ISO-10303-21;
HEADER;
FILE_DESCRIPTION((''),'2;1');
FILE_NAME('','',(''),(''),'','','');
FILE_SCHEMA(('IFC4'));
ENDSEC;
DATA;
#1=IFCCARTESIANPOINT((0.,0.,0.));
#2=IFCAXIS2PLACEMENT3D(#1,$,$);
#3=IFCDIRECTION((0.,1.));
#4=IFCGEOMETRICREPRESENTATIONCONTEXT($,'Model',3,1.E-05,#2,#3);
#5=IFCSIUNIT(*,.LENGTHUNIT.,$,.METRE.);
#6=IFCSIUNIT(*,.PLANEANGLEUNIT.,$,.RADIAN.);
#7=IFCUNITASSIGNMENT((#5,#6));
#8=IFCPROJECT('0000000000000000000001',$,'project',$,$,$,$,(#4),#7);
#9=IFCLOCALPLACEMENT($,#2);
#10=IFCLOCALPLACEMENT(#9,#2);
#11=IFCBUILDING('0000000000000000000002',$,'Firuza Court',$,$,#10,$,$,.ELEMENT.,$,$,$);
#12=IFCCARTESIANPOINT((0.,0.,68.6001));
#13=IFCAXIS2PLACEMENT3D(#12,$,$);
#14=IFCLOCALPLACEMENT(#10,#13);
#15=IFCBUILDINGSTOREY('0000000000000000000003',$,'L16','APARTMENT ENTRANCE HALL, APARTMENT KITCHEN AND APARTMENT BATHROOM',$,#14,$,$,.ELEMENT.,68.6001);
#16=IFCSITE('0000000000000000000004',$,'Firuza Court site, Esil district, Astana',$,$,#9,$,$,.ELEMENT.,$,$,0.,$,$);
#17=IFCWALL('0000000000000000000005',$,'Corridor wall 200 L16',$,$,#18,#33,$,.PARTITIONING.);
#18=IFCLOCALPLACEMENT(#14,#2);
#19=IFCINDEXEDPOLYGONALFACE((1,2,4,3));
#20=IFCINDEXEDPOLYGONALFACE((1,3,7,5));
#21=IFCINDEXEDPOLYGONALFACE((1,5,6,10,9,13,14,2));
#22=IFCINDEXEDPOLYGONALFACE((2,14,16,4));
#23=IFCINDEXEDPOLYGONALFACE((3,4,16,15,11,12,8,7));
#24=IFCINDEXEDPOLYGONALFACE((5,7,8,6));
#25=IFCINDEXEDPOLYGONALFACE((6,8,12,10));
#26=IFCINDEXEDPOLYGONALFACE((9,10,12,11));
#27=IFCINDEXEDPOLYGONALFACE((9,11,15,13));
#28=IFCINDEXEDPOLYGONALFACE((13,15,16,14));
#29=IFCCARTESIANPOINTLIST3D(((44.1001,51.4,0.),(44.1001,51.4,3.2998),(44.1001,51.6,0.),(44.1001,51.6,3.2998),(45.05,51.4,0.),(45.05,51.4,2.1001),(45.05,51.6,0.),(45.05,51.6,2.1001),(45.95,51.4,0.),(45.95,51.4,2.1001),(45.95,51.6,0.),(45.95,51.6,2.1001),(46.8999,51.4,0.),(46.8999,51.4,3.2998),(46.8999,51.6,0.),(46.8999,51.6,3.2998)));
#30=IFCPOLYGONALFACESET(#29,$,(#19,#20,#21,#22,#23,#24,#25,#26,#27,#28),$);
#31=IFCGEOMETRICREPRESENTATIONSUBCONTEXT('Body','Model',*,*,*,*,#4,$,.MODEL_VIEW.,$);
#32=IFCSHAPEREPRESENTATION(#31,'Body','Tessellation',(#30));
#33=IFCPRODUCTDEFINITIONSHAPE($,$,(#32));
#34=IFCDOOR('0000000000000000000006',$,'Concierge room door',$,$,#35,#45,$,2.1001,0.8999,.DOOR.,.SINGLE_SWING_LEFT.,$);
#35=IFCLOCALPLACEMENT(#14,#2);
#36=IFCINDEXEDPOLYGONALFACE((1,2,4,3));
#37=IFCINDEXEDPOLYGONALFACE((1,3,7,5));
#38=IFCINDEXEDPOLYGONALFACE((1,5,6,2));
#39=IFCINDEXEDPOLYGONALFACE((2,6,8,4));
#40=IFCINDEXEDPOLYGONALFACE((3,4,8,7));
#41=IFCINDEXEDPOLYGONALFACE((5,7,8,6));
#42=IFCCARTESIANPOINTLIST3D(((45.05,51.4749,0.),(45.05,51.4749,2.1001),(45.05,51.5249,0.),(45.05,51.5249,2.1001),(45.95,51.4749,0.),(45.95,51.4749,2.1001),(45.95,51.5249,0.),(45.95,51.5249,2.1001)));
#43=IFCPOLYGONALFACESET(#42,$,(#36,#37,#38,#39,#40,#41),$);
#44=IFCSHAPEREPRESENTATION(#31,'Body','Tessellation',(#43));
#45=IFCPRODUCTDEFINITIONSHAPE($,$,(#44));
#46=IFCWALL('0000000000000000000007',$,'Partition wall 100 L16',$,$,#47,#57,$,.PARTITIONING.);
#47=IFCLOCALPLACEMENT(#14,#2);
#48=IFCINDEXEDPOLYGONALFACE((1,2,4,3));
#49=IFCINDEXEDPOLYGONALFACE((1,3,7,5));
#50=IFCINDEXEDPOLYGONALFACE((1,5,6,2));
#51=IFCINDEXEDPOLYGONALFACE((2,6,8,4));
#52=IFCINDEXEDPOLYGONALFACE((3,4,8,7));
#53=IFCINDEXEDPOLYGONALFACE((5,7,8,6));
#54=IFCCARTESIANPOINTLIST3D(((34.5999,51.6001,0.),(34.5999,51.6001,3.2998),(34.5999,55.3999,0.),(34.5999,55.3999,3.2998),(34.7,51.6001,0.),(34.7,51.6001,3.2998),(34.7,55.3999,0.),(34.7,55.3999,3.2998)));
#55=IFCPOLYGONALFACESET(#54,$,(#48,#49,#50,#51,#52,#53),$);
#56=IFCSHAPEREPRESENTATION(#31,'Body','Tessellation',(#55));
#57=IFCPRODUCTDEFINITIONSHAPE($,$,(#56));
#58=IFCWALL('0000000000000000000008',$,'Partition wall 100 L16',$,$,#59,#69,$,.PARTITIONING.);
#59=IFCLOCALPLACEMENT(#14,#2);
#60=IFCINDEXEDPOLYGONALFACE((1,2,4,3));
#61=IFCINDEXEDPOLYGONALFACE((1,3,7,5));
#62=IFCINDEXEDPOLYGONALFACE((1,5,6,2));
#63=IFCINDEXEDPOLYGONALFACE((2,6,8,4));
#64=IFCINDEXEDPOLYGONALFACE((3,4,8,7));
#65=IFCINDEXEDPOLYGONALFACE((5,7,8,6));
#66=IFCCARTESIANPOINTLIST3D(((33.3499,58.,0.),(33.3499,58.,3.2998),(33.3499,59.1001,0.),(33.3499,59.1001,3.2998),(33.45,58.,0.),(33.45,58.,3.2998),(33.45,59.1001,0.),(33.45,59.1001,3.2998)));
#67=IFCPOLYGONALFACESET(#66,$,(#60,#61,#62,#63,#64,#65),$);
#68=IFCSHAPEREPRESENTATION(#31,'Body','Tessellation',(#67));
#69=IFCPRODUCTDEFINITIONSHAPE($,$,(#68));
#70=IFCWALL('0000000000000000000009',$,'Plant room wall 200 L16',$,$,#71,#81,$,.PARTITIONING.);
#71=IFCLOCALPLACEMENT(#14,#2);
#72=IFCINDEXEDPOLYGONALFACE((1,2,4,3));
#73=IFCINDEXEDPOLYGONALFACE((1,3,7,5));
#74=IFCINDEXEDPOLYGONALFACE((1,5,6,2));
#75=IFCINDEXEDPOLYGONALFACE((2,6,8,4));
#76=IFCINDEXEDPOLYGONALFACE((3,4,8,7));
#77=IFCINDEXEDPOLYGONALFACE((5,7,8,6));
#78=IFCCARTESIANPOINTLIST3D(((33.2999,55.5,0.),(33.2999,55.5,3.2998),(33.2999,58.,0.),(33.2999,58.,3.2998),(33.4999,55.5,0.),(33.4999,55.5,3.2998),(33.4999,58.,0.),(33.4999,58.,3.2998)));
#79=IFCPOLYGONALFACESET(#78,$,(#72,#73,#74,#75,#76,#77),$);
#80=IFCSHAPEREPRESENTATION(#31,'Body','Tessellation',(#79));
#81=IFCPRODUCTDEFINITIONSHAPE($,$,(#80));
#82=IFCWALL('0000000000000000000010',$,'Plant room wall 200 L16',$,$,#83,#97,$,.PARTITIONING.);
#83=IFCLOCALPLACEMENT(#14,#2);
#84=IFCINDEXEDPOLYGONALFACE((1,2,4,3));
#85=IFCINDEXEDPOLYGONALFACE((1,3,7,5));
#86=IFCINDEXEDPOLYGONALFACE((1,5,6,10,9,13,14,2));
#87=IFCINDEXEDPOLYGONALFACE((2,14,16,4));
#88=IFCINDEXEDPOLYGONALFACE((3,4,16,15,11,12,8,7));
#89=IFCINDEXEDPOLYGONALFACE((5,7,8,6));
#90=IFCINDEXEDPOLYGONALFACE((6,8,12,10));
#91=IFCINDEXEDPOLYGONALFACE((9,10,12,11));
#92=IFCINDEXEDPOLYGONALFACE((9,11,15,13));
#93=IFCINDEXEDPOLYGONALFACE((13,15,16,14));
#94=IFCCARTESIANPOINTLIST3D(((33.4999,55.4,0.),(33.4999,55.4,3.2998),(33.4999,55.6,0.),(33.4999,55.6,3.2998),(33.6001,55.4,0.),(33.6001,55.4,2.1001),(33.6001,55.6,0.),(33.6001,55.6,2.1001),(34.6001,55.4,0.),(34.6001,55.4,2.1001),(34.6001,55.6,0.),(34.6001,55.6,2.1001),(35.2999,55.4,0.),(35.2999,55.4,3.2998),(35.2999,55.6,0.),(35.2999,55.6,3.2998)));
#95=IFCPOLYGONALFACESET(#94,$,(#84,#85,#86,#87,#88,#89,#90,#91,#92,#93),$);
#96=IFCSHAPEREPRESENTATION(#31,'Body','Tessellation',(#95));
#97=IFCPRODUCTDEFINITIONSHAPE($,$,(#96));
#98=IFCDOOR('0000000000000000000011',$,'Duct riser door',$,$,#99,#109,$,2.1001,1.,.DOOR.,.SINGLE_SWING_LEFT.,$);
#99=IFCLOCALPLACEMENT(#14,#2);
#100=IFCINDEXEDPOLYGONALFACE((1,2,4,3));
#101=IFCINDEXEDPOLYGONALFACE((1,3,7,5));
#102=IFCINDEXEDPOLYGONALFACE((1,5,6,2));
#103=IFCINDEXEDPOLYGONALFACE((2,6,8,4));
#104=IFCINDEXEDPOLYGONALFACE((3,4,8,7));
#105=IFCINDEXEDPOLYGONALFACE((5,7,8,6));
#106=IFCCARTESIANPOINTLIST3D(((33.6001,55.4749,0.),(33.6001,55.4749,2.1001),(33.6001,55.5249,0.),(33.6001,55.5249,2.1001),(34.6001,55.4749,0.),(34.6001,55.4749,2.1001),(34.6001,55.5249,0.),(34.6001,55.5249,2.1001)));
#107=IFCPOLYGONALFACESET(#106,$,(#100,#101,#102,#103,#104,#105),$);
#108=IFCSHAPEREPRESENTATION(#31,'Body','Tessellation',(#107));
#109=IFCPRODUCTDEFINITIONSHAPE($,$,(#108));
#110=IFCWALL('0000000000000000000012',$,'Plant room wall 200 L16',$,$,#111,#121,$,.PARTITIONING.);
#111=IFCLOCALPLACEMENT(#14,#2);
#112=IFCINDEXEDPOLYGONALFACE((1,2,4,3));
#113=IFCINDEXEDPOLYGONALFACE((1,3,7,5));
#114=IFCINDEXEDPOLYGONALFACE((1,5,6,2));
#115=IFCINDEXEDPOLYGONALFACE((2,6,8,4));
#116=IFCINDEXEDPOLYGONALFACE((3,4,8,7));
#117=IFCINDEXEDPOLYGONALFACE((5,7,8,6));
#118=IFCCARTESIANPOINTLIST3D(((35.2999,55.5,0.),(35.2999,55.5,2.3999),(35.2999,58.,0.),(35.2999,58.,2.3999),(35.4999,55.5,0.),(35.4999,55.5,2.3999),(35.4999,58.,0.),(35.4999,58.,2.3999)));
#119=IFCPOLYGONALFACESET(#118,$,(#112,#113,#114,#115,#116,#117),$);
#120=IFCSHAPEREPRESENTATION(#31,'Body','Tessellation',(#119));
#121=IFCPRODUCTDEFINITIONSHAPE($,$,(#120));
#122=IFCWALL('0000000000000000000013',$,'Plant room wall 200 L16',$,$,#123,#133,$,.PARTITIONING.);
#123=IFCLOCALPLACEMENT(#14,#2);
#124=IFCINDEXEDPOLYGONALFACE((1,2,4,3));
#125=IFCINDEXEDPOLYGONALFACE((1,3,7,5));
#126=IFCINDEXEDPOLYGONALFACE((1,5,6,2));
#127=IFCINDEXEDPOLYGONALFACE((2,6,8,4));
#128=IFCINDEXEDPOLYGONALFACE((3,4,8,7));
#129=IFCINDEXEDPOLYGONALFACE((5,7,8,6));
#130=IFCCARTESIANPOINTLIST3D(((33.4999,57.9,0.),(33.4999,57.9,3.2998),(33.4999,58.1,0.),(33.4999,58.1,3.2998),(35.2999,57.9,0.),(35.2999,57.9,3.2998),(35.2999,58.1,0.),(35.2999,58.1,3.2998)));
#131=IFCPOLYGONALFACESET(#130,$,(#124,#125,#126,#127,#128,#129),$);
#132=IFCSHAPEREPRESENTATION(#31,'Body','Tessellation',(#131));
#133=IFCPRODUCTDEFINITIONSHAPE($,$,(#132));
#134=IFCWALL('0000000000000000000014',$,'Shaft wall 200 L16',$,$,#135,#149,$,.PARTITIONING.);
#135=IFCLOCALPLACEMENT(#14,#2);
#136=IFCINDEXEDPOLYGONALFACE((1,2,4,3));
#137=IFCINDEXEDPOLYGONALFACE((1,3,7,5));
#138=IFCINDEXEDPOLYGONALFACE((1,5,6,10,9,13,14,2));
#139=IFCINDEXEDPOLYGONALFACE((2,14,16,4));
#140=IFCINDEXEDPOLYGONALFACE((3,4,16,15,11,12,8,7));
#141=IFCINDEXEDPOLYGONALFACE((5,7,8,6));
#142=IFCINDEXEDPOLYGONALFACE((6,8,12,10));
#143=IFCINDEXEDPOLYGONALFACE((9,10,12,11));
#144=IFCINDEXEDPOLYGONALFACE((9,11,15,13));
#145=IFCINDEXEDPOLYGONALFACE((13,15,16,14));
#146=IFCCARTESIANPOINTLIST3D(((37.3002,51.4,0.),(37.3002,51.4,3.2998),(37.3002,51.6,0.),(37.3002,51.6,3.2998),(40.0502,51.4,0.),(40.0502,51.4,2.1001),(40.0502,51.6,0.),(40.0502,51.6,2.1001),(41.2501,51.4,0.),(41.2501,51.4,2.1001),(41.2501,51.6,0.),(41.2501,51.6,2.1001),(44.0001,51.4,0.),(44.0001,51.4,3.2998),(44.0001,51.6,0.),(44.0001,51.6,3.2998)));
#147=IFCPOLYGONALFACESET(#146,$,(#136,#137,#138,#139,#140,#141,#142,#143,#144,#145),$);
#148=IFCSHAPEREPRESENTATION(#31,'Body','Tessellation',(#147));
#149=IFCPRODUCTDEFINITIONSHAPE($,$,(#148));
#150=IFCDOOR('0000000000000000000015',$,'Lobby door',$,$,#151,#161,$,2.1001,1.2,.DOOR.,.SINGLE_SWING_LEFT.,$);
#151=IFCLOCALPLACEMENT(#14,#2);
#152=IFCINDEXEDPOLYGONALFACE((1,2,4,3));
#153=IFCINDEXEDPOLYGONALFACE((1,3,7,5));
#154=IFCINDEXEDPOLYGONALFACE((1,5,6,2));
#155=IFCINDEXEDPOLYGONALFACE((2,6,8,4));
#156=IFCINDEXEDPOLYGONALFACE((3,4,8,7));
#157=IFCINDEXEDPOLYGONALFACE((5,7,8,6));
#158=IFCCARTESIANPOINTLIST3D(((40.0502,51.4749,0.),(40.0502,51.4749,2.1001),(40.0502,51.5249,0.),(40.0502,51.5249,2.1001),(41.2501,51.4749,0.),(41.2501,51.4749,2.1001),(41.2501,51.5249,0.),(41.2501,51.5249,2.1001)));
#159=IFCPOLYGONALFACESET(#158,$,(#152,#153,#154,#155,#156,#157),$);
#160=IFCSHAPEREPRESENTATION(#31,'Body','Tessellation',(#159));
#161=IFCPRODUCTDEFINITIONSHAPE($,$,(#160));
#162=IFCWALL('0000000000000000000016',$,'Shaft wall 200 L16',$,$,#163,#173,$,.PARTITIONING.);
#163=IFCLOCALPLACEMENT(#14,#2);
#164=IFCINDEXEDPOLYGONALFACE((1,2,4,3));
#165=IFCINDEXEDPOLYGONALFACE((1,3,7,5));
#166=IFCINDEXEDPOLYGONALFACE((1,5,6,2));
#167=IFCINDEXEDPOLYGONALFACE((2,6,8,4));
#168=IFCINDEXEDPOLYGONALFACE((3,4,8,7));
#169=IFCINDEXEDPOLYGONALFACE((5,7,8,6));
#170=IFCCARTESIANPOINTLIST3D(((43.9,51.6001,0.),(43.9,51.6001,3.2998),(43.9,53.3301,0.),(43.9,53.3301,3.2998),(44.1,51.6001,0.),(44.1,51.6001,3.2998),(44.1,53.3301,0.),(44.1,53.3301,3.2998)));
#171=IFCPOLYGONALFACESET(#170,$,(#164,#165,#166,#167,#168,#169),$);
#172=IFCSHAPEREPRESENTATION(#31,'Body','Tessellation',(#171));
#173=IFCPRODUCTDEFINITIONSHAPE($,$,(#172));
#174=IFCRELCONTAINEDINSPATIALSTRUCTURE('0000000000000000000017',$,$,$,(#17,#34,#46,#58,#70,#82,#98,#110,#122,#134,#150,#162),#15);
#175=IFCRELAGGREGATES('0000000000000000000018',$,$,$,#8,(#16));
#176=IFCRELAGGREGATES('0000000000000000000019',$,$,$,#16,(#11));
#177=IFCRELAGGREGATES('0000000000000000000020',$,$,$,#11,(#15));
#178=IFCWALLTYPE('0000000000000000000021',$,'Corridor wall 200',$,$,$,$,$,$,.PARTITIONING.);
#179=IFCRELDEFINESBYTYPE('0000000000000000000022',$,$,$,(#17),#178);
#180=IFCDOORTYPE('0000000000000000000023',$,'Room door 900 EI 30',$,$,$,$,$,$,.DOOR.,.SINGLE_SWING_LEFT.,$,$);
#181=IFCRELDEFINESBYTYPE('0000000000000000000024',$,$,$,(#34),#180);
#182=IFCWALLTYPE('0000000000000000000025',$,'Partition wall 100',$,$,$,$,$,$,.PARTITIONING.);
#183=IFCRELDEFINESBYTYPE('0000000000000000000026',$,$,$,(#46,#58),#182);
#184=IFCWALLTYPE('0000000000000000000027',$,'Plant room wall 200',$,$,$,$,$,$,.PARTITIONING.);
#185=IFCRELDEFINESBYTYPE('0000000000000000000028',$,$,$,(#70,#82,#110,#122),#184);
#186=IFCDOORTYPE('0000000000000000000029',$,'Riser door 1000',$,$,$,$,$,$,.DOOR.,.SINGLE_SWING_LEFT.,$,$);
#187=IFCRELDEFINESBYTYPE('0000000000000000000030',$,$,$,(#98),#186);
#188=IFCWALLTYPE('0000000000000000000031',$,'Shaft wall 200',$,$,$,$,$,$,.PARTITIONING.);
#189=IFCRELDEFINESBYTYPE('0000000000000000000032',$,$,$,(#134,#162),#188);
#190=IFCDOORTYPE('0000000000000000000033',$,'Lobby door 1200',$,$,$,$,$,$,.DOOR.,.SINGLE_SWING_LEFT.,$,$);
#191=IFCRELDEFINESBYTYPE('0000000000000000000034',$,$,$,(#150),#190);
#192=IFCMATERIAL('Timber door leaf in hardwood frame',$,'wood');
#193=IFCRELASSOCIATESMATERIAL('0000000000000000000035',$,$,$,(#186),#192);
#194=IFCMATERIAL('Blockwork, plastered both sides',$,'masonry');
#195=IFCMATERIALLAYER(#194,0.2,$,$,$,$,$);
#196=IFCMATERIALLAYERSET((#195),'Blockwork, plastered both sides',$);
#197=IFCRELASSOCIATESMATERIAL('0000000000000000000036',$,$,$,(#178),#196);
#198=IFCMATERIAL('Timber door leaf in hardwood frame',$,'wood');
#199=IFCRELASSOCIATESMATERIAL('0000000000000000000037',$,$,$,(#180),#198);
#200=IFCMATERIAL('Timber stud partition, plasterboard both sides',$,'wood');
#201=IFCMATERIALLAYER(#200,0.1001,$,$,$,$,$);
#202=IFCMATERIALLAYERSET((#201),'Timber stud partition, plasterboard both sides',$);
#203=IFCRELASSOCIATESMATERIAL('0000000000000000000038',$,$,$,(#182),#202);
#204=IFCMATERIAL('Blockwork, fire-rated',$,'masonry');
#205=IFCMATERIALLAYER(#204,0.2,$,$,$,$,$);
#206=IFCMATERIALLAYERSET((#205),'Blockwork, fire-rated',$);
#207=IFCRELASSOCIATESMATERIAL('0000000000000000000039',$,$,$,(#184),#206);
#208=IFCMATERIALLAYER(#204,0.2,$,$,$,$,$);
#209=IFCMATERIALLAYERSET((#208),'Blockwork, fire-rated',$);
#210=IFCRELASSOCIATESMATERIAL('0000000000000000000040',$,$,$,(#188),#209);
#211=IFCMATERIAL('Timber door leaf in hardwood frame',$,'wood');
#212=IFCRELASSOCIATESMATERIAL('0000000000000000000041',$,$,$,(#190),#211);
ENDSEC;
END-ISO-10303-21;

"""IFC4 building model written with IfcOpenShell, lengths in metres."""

from ifc_helpers import new_model, si_unit, direction, frame, frame_2d, origin, place, context, subcontext, project, spatial, rectangle, extrude, material, layer, layer_set, type_object, element, fill, save


model = new_model("IFC4")

# Units and contexts
model_context = context("Model", 3, precision=1e-05, world=origin(), true_north=direction((0.0, 1.0)))
body_context = subcontext(model_context, "Body", "Model", "MODEL_VIEW")
ifc_project = project(units=[si_unit("LENGTHUNIT", "METRE"), si_unit("PLANEANGLEUNIT", "RADIAN")], contexts=[model_context])

# Site, building, storey
site_placement = place(None, origin())
site = spatial("IfcSite", under=ifc_project, at=site_placement, Name="Firuza Court site, Esil district, Astana", CompositionType="ELEMENT", RefElevation=0.0)
building_placement = place(site_placement, origin())
building = spatial("IfcBuilding", under=site, at=building_placement, Name="Firuza Court", CompositionType="ELEMENT")
storey_placement = place(building_placement, frame((0.0, 0.0, 68.6001)))
storey = spatial("IfcBuildingStorey", under=building, at=storey_placement, Name="L16", Description="APARTMENT ENTRANCE HALL, APARTMENT KITCHEN AND APARTMENT BATHROOM", CompositionType="ELEMENT", Elevation=68.6001)

# Shared definitions
ifc_material_1 = material(Name="Timber door leaf in hardwood frame", Category="wood")
door_type_1 = type_object("IfcDoorType", Name="Riser door 1000", OperationType="SINGLE_SWING_LEFT", PredefinedType="DOOR", material=ifc_material_1)

# Wall, opening, door
ifc_material_2 = material(Name="Blockwork, plastered both sides", Category="masonry")
ifc_layer_1 = layer(ifc_material_2, 0.2)
ifc_layer_set_1 = layer_set([ifc_layer_1], Name="Blockwork, plastered both sides")
wall_type_1 = type_object("IfcWallType", Name="Corridor wall 200", PredefinedType="PARTITIONING", material=ifc_layer_set_1)
wall_1_placement = place(storey_placement, frame((44.1001, 51.5, 0.0), z_axis=(0.0, 0.0, 1.0), x_axis=(1.0, 0.0, 0.0)))
wall_1 = element("IfcWall", 1, at=wall_1_placement, inside=storey, type_object=wall_type_1, Name="Corridor wall 200 L16", PredefinedType="PARTITIONING", context=body_context, shape_type="SweptSolid", body=[
    extrude(rectangle(XDim=2.7998, YDim=0.2, at=frame_2d((1.3999, 0.0))), origin(), (0.0, 0.0, 1.0), 3.2998),
])
opening_1_placement = place(wall_1_placement, frame((0.95, 0.0, 0.0)))
opening_1 = element("IfcOpeningElement", 2, at=opening_1_placement, cuts=wall_1, PredefinedType="OPENING", context=body_context, shape_type="SweptSolid", body=[
    extrude(rectangle(XDim=0.8999, YDim=2.1001, at=frame_2d((0.45, 1.05))), frame((0.0, 0.1118, 0.0), z_axis=(0.0, -1.0, 0.0), x_axis=(1.0, 0.0, 0.0)), (0.0, 0.0, 1.0), 0.2239),
])
ifc_material_3 = material(Name="Timber door leaf in hardwood frame", Category="wood")
door_type_2 = type_object("IfcDoorType", Name="Room door 900 EI 30", OperationType="SINGLE_SWING_LEFT", PredefinedType="DOOR", material=ifc_material_3)
door_1_placement = place(opening_1_placement, origin())
door_1 = element("IfcDoor", 3, at=door_1_placement, inside=storey, type_object=door_type_2, Name="Concierge room door", OperationType="SINGLE_SWING_LEFT", OverallHeight=2.1001, OverallWidth=0.8999, PredefinedType="DOOR", context=body_context, shape_type="SweptSolid", body=[
    extrude(rectangle(XDim=0.8999, YDim=2.1001, at=frame_2d((0.45, 1.05))), frame((0.0, 0.0249, 0.0), z_axis=(0.0, -1.0, 0.0), x_axis=(1.0, 0.0, 0.0)), (0.0, 0.0, 1.0), 0.05),
])
fill(opening_1, door_1)

# Walls
ifc_material_4 = material(Name="Timber stud partition, plasterboard both sides", Category="wood")
ifc_layer_2 = layer(ifc_material_4, 0.1001)
ifc_layer_set_2 = layer_set([ifc_layer_2], Name="Timber stud partition, plasterboard both sides")
wall_type_2 = type_object("IfcWallType", Name="Partition wall 100", PredefinedType="PARTITIONING", material=ifc_layer_set_2)
wall_2_placement = place(storey_placement, frame((34.6499, 51.6001, 0.0), z_axis=(0.0, 0.0, 1.0), x_axis=(0.0, 1.0, 0.0)))
element("IfcWall", 4, at=wall_2_placement, inside=storey, type_object=wall_type_2, Name="Partition wall 100 L16", PredefinedType="PARTITIONING", context=body_context, shape_type="SweptSolid", body=[
    extrude(rectangle(XDim=3.7998, YDim=0.1001, at=frame_2d((1.8999, 0.0))), origin(), (0.0, 0.0, 1.0), 3.2998),
])
wall_3_placement = place(storey_placement, frame((33.3999, 58.0, 0.0), z_axis=(0.0, 0.0, 1.0), x_axis=(0.0, 1.0, 0.0)))
element("IfcWall", 5, at=wall_3_placement, inside=storey, type_object=wall_type_2, Name="Partition wall 100 L16", PredefinedType="PARTITIONING", context=body_context, shape_type="SweptSolid", body=[
    extrude(rectangle(XDim=1.1001, YDim=0.1001, at=frame_2d((0.55, 0.0))), origin(), (0.0, 0.0, 1.0), 3.2998),
])
ifc_material_5 = material(Name="Blockwork, fire-rated", Category="masonry")
ifc_layer_3 = layer(ifc_material_5, 0.2)
ifc_layer_set_3 = layer_set([ifc_layer_3], Name="Blockwork, fire-rated")
wall_type_3 = type_object("IfcWallType", Name="Plant room wall 200", PredefinedType="PARTITIONING", material=ifc_layer_set_3)
wall_4_placement = place(storey_placement, frame((33.3999, 55.5, 0.0), z_axis=(0.0, 0.0, 1.0), x_axis=(0.0, 1.0, 0.0)))
element("IfcWall", 6, at=wall_4_placement, inside=storey, type_object=wall_type_3, Name="Plant room wall 200 L16", PredefinedType="PARTITIONING", context=body_context, shape_type="SweptSolid", body=[
    extrude(rectangle(XDim=2.5, YDim=0.2, at=frame_2d((1.25, 0.0))), origin(), (0.0, 0.0, 1.0), 3.2998),
])

# Wall, opening, door
wall_5_placement = place(storey_placement, frame((33.5, 55.5, 0.0), z_axis=(0.0, 0.0, 1.0), x_axis=(1.0, 0.0, 0.0)))
wall_5 = element("IfcWall", 7, at=wall_5_placement, inside=storey, type_object=wall_type_3, Name="Plant room wall 200 L16", PredefinedType="PARTITIONING", context=body_context, shape_type="SweptSolid", body=[
    extrude(rectangle(XDim=1.8, YDim=0.2, at=frame_2d((0.8999, 0.0))), origin(), (0.0, 0.0, 1.0), 3.2998),
])
opening_2_placement = place(wall_5_placement, frame((0.1001, 0.0, 0.0)))
opening_2 = element("IfcOpeningElement", 8, at=opening_2_placement, cuts=wall_5, PredefinedType="OPENING", context=body_context, shape_type="SweptSolid", body=[
    extrude(rectangle(XDim=1.0, YDim=2.1001, at=frame_2d((0.5, 1.05))), frame((0.0, 0.1118, 0.0), z_axis=(0.0, -1.0, 0.0), x_axis=(1.0, 0.0, 0.0)), (0.0, 0.0, 1.0), 0.2239),
])
door_2_placement = place(opening_2_placement, origin())
door_2 = element("IfcDoor", 9, at=door_2_placement, inside=storey, type_object=door_type_1, Name="Duct riser door", OperationType="SINGLE_SWING_LEFT", OverallHeight=2.1001, OverallWidth=1.0, PredefinedType="DOOR", context=body_context, shape_type="SweptSolid", body=[
    extrude(rectangle(XDim=1.0, YDim=2.1001, at=frame_2d((0.5, 1.05))), frame((0.0, 0.0249, 0.0), z_axis=(0.0, -1.0, 0.0), x_axis=(1.0, 0.0, 0.0)), (0.0, 0.0, 1.0), 0.05),
])
fill(opening_2, door_2)

# Walls
wall_6_placement = place(storey_placement, frame((35.3999, 55.5, 0.0), z_axis=(0.0, 0.0, 1.0), x_axis=(0.0, 1.0, 0.0)))
element("IfcWall", 10, at=wall_6_placement, inside=storey, type_object=wall_type_3, Name="Plant room wall 200 L16", PredefinedType="PARTITIONING", context=body_context, shape_type="SweptSolid", body=[
    extrude(rectangle(XDim=2.5, YDim=0.2, at=frame_2d((1.25, 0.0))), origin(), (0.0, 0.0, 1.0), 2.3999),
])
wall_7_placement = place(storey_placement, frame((33.5, 58.0, 0.0), z_axis=(0.0, 0.0, 1.0), x_axis=(1.0, 0.0, 0.0)))
element("IfcWall", 11, at=wall_7_placement, inside=storey, type_object=wall_type_3, Name="Plant room wall 200 L16", PredefinedType="PARTITIONING", context=body_context, shape_type="SweptSolid", body=[
    extrude(rectangle(XDim=1.8, YDim=0.2, at=frame_2d((0.8999, 0.0))), origin(), (0.0, 0.0, 1.0), 3.2998),
])

# Wall, opening, door
ifc_layer_4 = layer(ifc_material_5, 0.2)
ifc_layer_set_4 = layer_set([ifc_layer_4], Name="Blockwork, fire-rated")
wall_type_4 = type_object("IfcWallType", Name="Shaft wall 200", PredefinedType="PARTITIONING", material=ifc_layer_set_4)
wall_8_placement = place(storey_placement, frame((37.3, 51.5, 0.0), z_axis=(0.0, 0.0, 1.0), x_axis=(1.0, 0.0, 0.0)))
wall_8 = element("IfcWall", 12, at=wall_8_placement, inside=storey, type_object=wall_type_4, Name="Shaft wall 200 L16", PredefinedType="PARTITIONING", context=body_context, shape_type="SweptSolid", body=[
    extrude(rectangle(XDim=6.7, YDim=0.2, at=frame_2d((3.3501, 0.0))), origin(), (0.0, 0.0, 1.0), 3.2998),
])
opening_3_placement = place(wall_8_placement, frame((2.75, 0.0, 0.0)))
opening_3 = element("IfcOpeningElement", 13, at=opening_3_placement, cuts=wall_8, PredefinedType="OPENING", context=body_context, shape_type="SweptSolid", body=[
    extrude(rectangle(XDim=1.2, YDim=2.1001, at=frame_2d((0.6001, 1.05))), frame((0.0, 0.1118, 0.0), z_axis=(0.0, -1.0, 0.0), x_axis=(1.0, 0.0, 0.0)), (0.0, 0.0, 1.0), 0.2239),
])
ifc_material_6 = material(Name="Timber door leaf in hardwood frame", Category="wood")
door_type_3 = type_object("IfcDoorType", Name="Lobby door 1200", OperationType="SINGLE_SWING_LEFT", PredefinedType="DOOR", material=ifc_material_6)
door_3_placement = place(opening_3_placement, origin())
door_3 = element("IfcDoor", 14, at=door_3_placement, inside=storey, type_object=door_type_3, Name="Lobby door", OperationType="SINGLE_SWING_LEFT", OverallHeight=2.1001, OverallWidth=1.2, PredefinedType="DOOR", context=body_context, shape_type="SweptSolid", body=[
    extrude(rectangle(XDim=1.2, YDim=2.1001, at=frame_2d((0.6001, 1.05))), frame((0.0, 0.0249, 0.0), z_axis=(0.0, -1.0, 0.0), x_axis=(1.0, 0.0, 0.0)), (0.0, 0.0, 1.0), 0.05),
])
fill(opening_3, door_3)

# Wall
for number, where, z_axis, x_axis, name in (
    (15, (44.0, 51.6001, 0.0), (0.0, 0.0, 1.0), (0.0, 1.0, 0.0), "Shaft wall 200 L16"),
):
    element("IfcWall", number, at=place(storey_placement, frame(where, z_axis=z_axis, x_axis=x_axis)), inside=storey, type_object=wall_type_4, Name=name, PredefinedType="PARTITIONING", context=body_context, shape_type="SweptSolid", body=[
        extrude(rectangle(XDim=1.73, YDim=0.2, at=frame_2d((0.865, 0.0))), origin(), (0.0, 0.0, 1.0), 3.2998),
    ])

save(model, "model.ifc")
